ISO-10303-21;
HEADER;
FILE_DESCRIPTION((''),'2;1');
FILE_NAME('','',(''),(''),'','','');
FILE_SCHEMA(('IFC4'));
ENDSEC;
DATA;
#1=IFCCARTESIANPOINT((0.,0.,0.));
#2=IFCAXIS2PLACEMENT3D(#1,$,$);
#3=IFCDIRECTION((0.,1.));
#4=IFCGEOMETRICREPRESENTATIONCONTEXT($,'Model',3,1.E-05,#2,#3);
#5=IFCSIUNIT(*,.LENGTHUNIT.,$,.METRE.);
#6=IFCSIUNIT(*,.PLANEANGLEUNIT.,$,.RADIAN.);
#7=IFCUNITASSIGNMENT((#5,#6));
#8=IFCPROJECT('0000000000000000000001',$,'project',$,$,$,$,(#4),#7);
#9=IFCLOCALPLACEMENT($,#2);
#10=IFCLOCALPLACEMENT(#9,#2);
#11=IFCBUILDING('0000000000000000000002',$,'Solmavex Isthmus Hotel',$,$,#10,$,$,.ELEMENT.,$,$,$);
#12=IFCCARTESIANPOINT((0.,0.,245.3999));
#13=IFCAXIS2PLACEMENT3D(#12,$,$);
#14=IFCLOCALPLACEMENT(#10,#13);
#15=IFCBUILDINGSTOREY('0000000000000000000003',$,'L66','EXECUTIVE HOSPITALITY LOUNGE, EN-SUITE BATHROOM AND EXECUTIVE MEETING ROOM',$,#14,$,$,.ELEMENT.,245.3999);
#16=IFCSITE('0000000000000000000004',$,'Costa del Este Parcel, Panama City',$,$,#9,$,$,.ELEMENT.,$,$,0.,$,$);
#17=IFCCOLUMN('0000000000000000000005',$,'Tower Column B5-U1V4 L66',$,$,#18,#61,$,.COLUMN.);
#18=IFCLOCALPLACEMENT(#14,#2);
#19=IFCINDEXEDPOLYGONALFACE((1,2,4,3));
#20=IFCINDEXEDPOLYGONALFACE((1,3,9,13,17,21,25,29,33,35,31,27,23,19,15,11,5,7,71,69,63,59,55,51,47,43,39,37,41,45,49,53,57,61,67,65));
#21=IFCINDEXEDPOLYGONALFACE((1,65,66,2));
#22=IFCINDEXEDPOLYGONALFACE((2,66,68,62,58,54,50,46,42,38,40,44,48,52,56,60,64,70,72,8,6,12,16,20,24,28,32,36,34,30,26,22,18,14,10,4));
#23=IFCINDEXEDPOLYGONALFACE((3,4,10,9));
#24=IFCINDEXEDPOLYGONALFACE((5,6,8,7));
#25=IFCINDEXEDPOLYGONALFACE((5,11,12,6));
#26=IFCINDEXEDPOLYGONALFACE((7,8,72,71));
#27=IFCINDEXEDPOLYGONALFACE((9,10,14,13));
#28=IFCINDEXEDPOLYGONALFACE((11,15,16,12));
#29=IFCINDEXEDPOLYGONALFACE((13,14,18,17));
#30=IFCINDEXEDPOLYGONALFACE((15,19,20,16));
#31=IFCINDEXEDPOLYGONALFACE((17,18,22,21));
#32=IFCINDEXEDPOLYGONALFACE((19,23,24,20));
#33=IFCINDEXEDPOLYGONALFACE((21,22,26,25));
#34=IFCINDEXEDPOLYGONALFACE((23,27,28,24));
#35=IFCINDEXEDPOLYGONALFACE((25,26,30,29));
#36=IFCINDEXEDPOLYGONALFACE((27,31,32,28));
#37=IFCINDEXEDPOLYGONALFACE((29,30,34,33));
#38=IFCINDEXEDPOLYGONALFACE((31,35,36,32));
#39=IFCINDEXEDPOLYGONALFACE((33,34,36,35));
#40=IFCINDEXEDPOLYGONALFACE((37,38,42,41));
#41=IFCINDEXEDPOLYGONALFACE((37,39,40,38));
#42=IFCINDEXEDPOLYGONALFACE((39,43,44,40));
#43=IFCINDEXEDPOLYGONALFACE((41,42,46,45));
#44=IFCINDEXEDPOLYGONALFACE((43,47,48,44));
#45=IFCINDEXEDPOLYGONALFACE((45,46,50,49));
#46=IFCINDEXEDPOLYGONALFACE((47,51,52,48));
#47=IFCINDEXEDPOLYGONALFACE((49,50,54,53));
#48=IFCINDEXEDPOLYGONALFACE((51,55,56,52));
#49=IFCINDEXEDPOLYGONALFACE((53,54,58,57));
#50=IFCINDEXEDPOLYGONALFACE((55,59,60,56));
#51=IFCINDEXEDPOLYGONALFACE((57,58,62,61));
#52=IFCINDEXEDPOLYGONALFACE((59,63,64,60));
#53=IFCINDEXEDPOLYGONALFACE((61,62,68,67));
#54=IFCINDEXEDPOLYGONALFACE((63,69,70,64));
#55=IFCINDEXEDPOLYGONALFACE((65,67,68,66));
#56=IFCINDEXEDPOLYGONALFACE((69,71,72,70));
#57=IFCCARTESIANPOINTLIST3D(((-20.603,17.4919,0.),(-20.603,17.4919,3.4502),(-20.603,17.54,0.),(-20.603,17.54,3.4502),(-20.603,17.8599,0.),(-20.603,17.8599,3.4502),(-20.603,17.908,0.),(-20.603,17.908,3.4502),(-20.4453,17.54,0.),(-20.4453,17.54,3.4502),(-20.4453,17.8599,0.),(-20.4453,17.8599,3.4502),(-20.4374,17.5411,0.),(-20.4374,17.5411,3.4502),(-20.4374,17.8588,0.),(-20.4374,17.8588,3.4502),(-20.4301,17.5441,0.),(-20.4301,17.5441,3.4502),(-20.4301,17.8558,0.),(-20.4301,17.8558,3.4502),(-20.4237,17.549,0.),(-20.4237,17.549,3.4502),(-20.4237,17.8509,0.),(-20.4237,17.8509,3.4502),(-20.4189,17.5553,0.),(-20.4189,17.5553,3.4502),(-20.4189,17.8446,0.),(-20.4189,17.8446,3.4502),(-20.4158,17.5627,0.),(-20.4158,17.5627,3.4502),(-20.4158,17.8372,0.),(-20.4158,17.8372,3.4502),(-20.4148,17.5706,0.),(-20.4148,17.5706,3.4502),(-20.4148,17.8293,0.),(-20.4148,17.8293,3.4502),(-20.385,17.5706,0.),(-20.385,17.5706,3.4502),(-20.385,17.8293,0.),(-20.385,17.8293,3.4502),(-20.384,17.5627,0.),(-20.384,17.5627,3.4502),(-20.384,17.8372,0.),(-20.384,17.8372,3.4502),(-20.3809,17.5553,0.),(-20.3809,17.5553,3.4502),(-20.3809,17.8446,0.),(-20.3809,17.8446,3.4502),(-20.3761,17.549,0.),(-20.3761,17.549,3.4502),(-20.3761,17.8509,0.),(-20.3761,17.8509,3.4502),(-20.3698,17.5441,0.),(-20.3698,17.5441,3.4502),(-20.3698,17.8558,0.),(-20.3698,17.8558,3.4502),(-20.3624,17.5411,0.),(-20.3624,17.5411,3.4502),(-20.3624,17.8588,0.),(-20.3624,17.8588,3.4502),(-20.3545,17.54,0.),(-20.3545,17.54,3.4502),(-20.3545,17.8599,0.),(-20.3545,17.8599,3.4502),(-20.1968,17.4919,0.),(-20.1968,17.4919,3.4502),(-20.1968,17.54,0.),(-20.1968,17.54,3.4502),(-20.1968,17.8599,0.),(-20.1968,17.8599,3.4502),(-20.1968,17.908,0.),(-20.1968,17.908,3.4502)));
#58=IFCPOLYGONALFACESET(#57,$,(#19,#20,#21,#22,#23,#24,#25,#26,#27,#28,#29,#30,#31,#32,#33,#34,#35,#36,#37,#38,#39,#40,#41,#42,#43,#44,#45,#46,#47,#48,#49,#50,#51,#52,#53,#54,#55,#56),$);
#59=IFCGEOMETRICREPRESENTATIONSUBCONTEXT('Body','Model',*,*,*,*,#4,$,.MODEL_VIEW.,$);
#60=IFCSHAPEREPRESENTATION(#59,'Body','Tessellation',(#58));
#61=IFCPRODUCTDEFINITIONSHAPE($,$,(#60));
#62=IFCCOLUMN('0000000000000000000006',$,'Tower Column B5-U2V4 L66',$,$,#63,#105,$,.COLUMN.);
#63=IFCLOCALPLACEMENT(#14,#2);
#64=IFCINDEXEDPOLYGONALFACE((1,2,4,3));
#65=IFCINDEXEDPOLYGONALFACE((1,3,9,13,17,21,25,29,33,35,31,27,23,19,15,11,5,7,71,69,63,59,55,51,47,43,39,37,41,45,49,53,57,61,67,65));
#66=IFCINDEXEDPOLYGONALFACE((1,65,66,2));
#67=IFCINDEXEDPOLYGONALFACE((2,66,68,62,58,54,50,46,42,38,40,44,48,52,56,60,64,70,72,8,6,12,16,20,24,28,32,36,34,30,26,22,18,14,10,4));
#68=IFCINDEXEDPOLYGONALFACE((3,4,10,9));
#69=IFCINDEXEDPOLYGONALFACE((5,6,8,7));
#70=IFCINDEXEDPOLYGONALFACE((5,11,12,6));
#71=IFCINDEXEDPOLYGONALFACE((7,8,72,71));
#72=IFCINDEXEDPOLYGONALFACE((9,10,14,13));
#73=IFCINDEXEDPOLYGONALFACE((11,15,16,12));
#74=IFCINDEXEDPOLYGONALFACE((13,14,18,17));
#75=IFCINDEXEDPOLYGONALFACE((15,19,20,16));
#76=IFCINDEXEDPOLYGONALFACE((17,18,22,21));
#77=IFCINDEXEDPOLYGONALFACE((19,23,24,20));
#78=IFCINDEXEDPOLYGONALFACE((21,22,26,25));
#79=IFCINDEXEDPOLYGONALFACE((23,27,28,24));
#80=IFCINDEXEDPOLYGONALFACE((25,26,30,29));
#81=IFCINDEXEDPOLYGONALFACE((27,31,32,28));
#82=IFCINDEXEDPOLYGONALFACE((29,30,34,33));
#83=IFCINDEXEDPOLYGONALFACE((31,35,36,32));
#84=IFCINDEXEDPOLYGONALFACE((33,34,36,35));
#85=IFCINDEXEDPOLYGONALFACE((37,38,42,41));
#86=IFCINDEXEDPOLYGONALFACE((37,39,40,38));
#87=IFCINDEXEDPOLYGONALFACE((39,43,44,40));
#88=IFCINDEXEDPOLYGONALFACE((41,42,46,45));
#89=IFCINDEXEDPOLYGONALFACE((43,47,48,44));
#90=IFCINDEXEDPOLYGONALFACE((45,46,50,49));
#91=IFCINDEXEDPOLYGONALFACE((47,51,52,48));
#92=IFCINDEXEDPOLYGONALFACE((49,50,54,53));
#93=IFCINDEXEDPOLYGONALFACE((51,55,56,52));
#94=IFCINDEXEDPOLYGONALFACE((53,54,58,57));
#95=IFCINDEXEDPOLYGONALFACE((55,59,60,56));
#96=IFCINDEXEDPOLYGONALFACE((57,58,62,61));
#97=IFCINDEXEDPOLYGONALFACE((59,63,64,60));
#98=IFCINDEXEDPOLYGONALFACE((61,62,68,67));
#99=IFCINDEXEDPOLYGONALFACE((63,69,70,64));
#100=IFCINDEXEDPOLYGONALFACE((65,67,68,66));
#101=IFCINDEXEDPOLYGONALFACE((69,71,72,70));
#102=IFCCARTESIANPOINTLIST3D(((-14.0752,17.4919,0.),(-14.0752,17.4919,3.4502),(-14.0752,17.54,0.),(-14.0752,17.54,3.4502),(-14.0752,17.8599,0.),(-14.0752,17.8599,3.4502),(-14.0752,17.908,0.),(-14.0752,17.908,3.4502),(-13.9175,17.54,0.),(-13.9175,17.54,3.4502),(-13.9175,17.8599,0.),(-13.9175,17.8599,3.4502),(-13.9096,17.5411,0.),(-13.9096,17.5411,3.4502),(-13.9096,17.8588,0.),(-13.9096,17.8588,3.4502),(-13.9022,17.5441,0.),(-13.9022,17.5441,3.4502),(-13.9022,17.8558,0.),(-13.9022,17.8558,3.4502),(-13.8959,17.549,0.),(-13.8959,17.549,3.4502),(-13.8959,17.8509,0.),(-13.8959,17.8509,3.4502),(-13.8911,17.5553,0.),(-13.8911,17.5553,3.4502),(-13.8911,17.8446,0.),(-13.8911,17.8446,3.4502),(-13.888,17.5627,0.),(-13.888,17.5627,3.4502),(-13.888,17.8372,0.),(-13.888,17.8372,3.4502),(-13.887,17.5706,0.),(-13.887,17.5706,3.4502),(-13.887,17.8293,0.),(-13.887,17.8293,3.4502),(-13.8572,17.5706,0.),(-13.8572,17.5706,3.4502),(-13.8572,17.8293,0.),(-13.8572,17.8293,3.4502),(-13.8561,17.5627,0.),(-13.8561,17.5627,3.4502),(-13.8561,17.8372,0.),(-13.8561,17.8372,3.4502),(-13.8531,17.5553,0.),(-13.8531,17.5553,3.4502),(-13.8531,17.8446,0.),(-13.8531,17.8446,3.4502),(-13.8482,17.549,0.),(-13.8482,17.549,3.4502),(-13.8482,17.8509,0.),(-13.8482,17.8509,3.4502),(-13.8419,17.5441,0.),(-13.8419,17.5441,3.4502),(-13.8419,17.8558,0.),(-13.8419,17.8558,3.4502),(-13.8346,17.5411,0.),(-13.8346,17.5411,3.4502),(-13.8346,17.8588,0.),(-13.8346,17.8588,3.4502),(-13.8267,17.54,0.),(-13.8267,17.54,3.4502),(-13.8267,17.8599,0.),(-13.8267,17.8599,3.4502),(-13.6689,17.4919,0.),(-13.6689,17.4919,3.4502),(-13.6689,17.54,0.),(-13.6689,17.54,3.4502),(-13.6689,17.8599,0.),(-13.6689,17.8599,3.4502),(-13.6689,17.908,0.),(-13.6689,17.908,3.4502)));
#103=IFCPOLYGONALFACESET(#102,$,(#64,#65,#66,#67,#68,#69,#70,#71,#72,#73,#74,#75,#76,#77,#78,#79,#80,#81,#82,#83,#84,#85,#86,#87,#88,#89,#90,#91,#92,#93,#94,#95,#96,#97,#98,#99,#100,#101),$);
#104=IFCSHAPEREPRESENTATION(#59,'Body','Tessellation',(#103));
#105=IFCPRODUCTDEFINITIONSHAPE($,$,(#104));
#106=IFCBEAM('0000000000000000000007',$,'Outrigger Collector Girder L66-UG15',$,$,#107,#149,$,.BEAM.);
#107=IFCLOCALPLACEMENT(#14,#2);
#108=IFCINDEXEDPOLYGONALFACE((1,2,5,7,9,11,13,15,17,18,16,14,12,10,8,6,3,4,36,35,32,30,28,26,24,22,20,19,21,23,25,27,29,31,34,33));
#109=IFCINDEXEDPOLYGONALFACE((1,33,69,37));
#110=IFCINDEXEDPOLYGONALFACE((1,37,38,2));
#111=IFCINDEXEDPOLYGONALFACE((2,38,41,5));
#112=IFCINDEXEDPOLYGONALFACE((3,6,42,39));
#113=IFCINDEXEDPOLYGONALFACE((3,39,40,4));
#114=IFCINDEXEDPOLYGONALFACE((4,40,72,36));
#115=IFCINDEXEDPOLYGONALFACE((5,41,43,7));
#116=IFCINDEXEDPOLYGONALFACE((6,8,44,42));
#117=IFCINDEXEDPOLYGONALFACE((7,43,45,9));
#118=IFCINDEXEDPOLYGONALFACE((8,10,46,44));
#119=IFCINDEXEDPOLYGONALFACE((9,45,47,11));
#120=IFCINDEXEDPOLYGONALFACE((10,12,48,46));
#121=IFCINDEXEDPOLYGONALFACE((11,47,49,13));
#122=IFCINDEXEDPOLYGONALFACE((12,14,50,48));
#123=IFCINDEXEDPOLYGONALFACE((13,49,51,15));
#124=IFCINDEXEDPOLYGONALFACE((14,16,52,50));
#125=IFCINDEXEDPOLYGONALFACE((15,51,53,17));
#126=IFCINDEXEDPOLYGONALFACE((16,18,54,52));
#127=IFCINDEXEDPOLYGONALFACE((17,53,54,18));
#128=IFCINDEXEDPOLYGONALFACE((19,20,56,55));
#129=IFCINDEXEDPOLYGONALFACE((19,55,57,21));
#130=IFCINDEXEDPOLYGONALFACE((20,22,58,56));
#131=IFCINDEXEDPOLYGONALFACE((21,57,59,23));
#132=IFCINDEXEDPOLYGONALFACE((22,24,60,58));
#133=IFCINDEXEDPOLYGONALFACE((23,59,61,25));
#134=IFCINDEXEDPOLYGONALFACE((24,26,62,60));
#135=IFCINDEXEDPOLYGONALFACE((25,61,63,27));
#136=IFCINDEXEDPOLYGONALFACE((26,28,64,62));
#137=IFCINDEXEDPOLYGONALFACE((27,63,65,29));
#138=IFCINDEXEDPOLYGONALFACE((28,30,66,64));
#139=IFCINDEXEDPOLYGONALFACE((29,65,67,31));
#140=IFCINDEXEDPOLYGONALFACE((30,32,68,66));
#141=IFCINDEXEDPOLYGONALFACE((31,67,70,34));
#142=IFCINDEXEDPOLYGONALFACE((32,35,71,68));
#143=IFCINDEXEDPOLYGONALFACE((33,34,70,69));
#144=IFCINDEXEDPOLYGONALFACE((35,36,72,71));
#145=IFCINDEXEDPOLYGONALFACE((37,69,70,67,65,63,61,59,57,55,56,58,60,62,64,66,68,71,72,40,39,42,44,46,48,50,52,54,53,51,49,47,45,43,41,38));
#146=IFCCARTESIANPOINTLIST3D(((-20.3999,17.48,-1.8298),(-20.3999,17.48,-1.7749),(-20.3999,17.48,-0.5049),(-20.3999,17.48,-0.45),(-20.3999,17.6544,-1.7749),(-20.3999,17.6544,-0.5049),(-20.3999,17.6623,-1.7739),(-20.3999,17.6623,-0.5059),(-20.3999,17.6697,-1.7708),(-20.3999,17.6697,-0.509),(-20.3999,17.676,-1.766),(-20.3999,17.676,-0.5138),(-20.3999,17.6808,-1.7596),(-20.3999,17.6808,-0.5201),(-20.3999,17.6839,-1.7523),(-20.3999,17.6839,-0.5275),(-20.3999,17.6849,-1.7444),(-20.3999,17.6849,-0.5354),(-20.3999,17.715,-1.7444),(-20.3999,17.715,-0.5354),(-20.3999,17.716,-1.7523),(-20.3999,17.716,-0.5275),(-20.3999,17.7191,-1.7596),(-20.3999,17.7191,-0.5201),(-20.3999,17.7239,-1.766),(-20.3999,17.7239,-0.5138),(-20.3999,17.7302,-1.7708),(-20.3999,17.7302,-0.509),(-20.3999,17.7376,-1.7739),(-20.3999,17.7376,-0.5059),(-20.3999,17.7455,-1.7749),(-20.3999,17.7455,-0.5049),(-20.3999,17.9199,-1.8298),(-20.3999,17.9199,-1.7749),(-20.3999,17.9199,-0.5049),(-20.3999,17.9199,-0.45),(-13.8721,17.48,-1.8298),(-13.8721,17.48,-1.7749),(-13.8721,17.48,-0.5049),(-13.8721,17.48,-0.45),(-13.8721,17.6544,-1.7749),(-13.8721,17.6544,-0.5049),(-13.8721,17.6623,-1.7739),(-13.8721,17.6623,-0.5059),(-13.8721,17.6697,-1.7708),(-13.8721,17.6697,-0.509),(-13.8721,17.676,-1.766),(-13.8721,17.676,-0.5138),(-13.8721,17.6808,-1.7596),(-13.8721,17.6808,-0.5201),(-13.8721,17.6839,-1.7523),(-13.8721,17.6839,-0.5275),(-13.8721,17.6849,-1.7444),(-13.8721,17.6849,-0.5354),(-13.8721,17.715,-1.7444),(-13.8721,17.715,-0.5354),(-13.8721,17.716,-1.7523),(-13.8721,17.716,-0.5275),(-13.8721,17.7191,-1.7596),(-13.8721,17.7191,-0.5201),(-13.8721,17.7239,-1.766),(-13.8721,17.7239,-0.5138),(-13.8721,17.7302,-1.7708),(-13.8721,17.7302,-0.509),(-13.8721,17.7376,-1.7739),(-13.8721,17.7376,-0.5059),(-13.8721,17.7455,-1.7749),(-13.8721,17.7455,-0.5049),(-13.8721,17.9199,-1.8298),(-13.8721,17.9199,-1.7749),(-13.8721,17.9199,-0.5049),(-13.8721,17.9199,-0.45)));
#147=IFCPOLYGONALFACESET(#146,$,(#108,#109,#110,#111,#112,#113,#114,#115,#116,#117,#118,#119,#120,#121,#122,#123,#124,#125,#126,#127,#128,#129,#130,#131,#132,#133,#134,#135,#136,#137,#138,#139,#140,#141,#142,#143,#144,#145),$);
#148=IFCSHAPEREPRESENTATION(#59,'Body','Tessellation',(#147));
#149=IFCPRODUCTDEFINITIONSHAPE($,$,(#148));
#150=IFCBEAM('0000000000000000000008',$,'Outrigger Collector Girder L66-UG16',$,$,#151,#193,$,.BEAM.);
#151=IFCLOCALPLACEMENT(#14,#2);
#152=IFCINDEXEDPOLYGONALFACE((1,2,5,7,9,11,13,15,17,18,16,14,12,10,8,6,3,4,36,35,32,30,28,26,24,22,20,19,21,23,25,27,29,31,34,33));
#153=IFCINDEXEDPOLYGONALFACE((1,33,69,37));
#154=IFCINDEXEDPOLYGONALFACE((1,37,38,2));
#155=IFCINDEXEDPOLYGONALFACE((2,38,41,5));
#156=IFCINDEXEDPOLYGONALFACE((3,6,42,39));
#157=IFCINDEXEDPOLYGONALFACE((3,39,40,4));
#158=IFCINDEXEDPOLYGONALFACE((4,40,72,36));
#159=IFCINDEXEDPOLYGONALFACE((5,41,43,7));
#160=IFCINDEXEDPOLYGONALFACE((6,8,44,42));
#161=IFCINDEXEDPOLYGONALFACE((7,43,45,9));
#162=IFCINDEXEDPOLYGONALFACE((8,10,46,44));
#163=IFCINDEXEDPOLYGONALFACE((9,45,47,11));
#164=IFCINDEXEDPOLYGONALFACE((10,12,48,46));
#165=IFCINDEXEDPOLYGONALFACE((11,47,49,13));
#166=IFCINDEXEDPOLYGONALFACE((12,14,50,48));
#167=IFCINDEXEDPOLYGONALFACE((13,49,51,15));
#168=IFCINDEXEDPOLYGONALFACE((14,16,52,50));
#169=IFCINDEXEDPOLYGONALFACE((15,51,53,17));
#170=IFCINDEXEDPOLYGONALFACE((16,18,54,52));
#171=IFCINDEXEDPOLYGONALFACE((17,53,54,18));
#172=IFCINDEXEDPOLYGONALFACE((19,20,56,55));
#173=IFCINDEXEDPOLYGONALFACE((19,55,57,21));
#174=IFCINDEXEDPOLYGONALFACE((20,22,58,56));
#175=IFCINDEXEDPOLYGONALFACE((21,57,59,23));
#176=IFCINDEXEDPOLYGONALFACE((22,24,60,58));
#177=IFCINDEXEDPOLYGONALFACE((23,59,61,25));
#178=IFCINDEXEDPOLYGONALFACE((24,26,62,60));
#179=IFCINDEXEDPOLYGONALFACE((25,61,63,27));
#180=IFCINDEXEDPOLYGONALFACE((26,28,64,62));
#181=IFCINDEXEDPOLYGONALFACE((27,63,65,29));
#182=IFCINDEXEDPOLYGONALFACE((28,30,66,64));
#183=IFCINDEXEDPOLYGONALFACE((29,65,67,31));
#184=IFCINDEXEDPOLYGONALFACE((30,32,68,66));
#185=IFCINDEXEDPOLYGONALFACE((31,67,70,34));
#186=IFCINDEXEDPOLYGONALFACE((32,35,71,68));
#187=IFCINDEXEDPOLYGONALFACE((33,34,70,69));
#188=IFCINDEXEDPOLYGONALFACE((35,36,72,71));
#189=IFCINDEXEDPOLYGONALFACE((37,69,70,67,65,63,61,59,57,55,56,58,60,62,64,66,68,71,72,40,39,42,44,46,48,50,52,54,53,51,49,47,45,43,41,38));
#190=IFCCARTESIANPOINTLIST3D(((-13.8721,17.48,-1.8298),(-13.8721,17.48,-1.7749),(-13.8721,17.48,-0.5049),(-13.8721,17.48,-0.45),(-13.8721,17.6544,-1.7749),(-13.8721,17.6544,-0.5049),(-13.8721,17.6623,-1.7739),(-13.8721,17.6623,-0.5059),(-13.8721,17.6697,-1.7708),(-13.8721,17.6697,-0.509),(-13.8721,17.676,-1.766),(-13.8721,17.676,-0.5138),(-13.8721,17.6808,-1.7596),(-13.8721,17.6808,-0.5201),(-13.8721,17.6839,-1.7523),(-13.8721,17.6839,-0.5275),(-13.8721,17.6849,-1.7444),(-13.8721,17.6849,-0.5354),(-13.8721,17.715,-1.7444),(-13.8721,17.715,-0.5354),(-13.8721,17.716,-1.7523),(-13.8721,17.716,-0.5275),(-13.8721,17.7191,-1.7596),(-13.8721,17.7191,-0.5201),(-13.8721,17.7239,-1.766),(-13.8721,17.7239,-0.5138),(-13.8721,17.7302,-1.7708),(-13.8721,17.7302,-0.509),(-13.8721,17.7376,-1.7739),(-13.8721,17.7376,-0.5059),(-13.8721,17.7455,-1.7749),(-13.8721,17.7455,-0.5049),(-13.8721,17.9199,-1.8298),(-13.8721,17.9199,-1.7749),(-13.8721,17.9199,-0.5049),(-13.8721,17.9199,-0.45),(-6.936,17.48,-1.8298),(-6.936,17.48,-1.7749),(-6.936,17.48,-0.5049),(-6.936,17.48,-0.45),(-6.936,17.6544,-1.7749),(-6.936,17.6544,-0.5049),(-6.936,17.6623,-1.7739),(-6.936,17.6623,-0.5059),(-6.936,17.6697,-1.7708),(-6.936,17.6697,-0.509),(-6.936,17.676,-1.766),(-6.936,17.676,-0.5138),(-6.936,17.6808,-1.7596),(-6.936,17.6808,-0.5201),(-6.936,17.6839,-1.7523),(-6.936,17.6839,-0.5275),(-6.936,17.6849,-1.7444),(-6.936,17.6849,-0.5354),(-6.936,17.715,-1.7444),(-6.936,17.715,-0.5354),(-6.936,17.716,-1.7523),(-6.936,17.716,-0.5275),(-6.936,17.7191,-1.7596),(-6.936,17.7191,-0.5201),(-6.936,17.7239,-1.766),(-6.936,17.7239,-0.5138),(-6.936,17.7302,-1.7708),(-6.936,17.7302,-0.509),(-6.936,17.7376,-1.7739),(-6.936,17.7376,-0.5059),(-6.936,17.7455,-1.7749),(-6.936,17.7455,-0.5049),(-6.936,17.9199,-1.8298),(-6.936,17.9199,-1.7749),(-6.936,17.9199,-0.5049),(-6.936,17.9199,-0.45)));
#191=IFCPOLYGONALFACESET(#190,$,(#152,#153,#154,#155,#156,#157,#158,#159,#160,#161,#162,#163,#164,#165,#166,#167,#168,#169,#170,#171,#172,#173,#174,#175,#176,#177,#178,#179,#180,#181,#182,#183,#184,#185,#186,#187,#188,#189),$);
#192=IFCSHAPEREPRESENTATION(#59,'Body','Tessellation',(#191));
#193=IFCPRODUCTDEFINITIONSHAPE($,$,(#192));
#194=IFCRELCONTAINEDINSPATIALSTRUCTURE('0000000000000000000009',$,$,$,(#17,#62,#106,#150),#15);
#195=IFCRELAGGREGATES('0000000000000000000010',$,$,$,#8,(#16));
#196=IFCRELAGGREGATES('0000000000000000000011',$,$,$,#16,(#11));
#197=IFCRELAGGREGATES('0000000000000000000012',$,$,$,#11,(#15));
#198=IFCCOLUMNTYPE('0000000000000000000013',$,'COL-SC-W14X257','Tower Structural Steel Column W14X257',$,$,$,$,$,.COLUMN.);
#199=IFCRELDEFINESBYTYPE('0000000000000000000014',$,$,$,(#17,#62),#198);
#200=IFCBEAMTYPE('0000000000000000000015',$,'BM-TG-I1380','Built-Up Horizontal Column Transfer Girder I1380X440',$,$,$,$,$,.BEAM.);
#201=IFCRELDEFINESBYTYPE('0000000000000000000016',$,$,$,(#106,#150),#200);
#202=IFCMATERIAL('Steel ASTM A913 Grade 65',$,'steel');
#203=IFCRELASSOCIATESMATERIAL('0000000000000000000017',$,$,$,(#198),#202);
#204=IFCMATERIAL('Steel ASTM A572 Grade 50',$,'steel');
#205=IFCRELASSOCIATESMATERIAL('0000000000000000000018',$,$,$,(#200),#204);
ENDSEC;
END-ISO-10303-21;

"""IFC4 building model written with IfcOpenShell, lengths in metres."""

from ifc_helpers import new_model, si_unit, direction, frame, origin, origin_2d, place, context, subcontext, project, spatial, i_section, extrude, material, material_profile, profile_set, type_object, element, save


model = new_model("IFC4")

# Units and contexts
model_context = context("Model", 3, precision=1e-05, world=origin(), true_north=direction((0.0, 1.0)))
body_context = subcontext(model_context, "Body", "Model", "MODEL_VIEW")
ifc_project = project(units=[si_unit("LENGTHUNIT", "METRE"), si_unit("PLANEANGLEUNIT", "RADIAN")], contexts=[model_context])

# Site, building, storey
site_placement = place(None, origin())
site = spatial("IfcSite", under=ifc_project, at=site_placement, Name="Costa del Este Parcel, Panama City", CompositionType="ELEMENT", RefElevation=0.0)
building_placement = place(site_placement, origin())
building = spatial("IfcBuilding", under=site, at=building_placement, Name="Solmavex Isthmus Hotel", CompositionType="ELEMENT")
storey_placement = place(building_placement, frame((0.0, 0.0, 245.3999)))
storey = spatial("IfcBuildingStorey", under=building, at=storey_placement, Name="L66", Description="EXECUTIVE HOSPITALITY LOUNGE, EN-SUITE BATHROOM AND EXECUTIVE MEETING ROOM", CompositionType="ELEMENT", Elevation=245.3999)

# Columns
ifc_material_1 = material(Name="Steel ASTM A913 Grade 65", Category="steel")
ifc_material_profile_1 = material_profile(ifc_material_1, i_section(OverallWidth=0.4062, OverallDepth=0.416, WebThickness=0.0298, FlangeThickness=0.0481, FilletRadius=0.0305, at=origin_2d()), Name="W14X257")
ifc_profile_set_1 = profile_set([ifc_material_profile_1], Name="Steel ASTM A913 Grade 65")
column_type = type_object("IfcColumnType", Name="COL-SC-W14X257", Description="Tower Structural Steel Column W14X257", PredefinedType="COLUMN", material=ifc_profile_set_1)
for number, where, z_axis, x_axis, name in (
    (1, (-20.3999, 17.7, 0.0), (0.0, 0.0, 1.0), (1.0, 0.0, 0.0), "Tower Column B5-U1V4 L66"),
    (2, (-13.8721, 17.7, 0.0), (0.0, 0.0, 1.0), (1.0, 0.0, 0.0), "Tower Column B5-U2V4 L66"),
):
    element("IfcColumn", number, at=place(storey_placement, frame(where, z_axis=z_axis, x_axis=x_axis)), inside=storey, type_object=column_type, Name=name, PredefinedType="COLUMN", context=body_context, shape_type="SweptSolid", body=[
        extrude(i_section(OverallWidth=0.4062, OverallDepth=0.416, WebThickness=0.0298, FlangeThickness=0.0481, FilletRadius=0.0305, at=origin_2d()), origin(), (0.0, 0.0, 1.0), 3.4502),
    ])

# Beams
ifc_material_2 = material(Name="Steel ASTM A572 Grade 50", Category="steel")
ifc_material_profile_2 = material_profile(ifc_material_2, i_section(OverallWidth=0.4399, OverallDepth=1.3799, WebThickness=0.03, FlangeThickness=0.0549, FilletRadius=0.0305, at=origin_2d()), Name="I1380X440")
ifc_profile_set_2 = profile_set([ifc_material_profile_2], Name="Steel ASTM A572 Grade 50")
beam_type = type_object("IfcBeamType", Name="BM-TG-I1380", Description="Built-Up Horizontal Column Transfer Girder I1380X440", PredefinedType="BEAM", material=ifc_profile_set_2)
beam_1_placement = place(storey_placement, frame((-20.3999, 17.7, -1.1399), z_axis=(1.0, 0.0, 0.0), x_axis=(0.0, 1.0, 0.0)))
element("IfcBeam", 3, at=beam_1_placement, inside=storey, type_object=beam_type, Name="Outrigger Collector Girder L66-UG15", PredefinedType="BEAM", context=body_context, shape_type="SweptSolid", body=[
    extrude(i_section(OverallWidth=0.4399, OverallDepth=1.3799, WebThickness=0.03, FlangeThickness=0.0549, FilletRadius=0.0305, at=origin_2d()), origin(), (0.0, 0.0, 1.0), 6.5278),
])
beam_2_placement = place(storey_placement, frame((-13.8721, 17.7, -1.1399), z_axis=(1.0, 0.0, 0.0), x_axis=(0.0, 1.0, 0.0)))
element("IfcBeam", 4, at=beam_2_placement, inside=storey, type_object=beam_type, Name="Outrigger Collector Girder L66-UG16", PredefinedType="BEAM", context=body_context, shape_type="SweptSolid", body=[
    extrude(i_section(OverallWidth=0.4399, OverallDepth=1.3799, WebThickness=0.03, FlangeThickness=0.0549, FilletRadius=0.0305, at=origin_2d()), origin(), (0.0, 0.0, 1.0), 6.936),
])

save(model, "model.ifc")
